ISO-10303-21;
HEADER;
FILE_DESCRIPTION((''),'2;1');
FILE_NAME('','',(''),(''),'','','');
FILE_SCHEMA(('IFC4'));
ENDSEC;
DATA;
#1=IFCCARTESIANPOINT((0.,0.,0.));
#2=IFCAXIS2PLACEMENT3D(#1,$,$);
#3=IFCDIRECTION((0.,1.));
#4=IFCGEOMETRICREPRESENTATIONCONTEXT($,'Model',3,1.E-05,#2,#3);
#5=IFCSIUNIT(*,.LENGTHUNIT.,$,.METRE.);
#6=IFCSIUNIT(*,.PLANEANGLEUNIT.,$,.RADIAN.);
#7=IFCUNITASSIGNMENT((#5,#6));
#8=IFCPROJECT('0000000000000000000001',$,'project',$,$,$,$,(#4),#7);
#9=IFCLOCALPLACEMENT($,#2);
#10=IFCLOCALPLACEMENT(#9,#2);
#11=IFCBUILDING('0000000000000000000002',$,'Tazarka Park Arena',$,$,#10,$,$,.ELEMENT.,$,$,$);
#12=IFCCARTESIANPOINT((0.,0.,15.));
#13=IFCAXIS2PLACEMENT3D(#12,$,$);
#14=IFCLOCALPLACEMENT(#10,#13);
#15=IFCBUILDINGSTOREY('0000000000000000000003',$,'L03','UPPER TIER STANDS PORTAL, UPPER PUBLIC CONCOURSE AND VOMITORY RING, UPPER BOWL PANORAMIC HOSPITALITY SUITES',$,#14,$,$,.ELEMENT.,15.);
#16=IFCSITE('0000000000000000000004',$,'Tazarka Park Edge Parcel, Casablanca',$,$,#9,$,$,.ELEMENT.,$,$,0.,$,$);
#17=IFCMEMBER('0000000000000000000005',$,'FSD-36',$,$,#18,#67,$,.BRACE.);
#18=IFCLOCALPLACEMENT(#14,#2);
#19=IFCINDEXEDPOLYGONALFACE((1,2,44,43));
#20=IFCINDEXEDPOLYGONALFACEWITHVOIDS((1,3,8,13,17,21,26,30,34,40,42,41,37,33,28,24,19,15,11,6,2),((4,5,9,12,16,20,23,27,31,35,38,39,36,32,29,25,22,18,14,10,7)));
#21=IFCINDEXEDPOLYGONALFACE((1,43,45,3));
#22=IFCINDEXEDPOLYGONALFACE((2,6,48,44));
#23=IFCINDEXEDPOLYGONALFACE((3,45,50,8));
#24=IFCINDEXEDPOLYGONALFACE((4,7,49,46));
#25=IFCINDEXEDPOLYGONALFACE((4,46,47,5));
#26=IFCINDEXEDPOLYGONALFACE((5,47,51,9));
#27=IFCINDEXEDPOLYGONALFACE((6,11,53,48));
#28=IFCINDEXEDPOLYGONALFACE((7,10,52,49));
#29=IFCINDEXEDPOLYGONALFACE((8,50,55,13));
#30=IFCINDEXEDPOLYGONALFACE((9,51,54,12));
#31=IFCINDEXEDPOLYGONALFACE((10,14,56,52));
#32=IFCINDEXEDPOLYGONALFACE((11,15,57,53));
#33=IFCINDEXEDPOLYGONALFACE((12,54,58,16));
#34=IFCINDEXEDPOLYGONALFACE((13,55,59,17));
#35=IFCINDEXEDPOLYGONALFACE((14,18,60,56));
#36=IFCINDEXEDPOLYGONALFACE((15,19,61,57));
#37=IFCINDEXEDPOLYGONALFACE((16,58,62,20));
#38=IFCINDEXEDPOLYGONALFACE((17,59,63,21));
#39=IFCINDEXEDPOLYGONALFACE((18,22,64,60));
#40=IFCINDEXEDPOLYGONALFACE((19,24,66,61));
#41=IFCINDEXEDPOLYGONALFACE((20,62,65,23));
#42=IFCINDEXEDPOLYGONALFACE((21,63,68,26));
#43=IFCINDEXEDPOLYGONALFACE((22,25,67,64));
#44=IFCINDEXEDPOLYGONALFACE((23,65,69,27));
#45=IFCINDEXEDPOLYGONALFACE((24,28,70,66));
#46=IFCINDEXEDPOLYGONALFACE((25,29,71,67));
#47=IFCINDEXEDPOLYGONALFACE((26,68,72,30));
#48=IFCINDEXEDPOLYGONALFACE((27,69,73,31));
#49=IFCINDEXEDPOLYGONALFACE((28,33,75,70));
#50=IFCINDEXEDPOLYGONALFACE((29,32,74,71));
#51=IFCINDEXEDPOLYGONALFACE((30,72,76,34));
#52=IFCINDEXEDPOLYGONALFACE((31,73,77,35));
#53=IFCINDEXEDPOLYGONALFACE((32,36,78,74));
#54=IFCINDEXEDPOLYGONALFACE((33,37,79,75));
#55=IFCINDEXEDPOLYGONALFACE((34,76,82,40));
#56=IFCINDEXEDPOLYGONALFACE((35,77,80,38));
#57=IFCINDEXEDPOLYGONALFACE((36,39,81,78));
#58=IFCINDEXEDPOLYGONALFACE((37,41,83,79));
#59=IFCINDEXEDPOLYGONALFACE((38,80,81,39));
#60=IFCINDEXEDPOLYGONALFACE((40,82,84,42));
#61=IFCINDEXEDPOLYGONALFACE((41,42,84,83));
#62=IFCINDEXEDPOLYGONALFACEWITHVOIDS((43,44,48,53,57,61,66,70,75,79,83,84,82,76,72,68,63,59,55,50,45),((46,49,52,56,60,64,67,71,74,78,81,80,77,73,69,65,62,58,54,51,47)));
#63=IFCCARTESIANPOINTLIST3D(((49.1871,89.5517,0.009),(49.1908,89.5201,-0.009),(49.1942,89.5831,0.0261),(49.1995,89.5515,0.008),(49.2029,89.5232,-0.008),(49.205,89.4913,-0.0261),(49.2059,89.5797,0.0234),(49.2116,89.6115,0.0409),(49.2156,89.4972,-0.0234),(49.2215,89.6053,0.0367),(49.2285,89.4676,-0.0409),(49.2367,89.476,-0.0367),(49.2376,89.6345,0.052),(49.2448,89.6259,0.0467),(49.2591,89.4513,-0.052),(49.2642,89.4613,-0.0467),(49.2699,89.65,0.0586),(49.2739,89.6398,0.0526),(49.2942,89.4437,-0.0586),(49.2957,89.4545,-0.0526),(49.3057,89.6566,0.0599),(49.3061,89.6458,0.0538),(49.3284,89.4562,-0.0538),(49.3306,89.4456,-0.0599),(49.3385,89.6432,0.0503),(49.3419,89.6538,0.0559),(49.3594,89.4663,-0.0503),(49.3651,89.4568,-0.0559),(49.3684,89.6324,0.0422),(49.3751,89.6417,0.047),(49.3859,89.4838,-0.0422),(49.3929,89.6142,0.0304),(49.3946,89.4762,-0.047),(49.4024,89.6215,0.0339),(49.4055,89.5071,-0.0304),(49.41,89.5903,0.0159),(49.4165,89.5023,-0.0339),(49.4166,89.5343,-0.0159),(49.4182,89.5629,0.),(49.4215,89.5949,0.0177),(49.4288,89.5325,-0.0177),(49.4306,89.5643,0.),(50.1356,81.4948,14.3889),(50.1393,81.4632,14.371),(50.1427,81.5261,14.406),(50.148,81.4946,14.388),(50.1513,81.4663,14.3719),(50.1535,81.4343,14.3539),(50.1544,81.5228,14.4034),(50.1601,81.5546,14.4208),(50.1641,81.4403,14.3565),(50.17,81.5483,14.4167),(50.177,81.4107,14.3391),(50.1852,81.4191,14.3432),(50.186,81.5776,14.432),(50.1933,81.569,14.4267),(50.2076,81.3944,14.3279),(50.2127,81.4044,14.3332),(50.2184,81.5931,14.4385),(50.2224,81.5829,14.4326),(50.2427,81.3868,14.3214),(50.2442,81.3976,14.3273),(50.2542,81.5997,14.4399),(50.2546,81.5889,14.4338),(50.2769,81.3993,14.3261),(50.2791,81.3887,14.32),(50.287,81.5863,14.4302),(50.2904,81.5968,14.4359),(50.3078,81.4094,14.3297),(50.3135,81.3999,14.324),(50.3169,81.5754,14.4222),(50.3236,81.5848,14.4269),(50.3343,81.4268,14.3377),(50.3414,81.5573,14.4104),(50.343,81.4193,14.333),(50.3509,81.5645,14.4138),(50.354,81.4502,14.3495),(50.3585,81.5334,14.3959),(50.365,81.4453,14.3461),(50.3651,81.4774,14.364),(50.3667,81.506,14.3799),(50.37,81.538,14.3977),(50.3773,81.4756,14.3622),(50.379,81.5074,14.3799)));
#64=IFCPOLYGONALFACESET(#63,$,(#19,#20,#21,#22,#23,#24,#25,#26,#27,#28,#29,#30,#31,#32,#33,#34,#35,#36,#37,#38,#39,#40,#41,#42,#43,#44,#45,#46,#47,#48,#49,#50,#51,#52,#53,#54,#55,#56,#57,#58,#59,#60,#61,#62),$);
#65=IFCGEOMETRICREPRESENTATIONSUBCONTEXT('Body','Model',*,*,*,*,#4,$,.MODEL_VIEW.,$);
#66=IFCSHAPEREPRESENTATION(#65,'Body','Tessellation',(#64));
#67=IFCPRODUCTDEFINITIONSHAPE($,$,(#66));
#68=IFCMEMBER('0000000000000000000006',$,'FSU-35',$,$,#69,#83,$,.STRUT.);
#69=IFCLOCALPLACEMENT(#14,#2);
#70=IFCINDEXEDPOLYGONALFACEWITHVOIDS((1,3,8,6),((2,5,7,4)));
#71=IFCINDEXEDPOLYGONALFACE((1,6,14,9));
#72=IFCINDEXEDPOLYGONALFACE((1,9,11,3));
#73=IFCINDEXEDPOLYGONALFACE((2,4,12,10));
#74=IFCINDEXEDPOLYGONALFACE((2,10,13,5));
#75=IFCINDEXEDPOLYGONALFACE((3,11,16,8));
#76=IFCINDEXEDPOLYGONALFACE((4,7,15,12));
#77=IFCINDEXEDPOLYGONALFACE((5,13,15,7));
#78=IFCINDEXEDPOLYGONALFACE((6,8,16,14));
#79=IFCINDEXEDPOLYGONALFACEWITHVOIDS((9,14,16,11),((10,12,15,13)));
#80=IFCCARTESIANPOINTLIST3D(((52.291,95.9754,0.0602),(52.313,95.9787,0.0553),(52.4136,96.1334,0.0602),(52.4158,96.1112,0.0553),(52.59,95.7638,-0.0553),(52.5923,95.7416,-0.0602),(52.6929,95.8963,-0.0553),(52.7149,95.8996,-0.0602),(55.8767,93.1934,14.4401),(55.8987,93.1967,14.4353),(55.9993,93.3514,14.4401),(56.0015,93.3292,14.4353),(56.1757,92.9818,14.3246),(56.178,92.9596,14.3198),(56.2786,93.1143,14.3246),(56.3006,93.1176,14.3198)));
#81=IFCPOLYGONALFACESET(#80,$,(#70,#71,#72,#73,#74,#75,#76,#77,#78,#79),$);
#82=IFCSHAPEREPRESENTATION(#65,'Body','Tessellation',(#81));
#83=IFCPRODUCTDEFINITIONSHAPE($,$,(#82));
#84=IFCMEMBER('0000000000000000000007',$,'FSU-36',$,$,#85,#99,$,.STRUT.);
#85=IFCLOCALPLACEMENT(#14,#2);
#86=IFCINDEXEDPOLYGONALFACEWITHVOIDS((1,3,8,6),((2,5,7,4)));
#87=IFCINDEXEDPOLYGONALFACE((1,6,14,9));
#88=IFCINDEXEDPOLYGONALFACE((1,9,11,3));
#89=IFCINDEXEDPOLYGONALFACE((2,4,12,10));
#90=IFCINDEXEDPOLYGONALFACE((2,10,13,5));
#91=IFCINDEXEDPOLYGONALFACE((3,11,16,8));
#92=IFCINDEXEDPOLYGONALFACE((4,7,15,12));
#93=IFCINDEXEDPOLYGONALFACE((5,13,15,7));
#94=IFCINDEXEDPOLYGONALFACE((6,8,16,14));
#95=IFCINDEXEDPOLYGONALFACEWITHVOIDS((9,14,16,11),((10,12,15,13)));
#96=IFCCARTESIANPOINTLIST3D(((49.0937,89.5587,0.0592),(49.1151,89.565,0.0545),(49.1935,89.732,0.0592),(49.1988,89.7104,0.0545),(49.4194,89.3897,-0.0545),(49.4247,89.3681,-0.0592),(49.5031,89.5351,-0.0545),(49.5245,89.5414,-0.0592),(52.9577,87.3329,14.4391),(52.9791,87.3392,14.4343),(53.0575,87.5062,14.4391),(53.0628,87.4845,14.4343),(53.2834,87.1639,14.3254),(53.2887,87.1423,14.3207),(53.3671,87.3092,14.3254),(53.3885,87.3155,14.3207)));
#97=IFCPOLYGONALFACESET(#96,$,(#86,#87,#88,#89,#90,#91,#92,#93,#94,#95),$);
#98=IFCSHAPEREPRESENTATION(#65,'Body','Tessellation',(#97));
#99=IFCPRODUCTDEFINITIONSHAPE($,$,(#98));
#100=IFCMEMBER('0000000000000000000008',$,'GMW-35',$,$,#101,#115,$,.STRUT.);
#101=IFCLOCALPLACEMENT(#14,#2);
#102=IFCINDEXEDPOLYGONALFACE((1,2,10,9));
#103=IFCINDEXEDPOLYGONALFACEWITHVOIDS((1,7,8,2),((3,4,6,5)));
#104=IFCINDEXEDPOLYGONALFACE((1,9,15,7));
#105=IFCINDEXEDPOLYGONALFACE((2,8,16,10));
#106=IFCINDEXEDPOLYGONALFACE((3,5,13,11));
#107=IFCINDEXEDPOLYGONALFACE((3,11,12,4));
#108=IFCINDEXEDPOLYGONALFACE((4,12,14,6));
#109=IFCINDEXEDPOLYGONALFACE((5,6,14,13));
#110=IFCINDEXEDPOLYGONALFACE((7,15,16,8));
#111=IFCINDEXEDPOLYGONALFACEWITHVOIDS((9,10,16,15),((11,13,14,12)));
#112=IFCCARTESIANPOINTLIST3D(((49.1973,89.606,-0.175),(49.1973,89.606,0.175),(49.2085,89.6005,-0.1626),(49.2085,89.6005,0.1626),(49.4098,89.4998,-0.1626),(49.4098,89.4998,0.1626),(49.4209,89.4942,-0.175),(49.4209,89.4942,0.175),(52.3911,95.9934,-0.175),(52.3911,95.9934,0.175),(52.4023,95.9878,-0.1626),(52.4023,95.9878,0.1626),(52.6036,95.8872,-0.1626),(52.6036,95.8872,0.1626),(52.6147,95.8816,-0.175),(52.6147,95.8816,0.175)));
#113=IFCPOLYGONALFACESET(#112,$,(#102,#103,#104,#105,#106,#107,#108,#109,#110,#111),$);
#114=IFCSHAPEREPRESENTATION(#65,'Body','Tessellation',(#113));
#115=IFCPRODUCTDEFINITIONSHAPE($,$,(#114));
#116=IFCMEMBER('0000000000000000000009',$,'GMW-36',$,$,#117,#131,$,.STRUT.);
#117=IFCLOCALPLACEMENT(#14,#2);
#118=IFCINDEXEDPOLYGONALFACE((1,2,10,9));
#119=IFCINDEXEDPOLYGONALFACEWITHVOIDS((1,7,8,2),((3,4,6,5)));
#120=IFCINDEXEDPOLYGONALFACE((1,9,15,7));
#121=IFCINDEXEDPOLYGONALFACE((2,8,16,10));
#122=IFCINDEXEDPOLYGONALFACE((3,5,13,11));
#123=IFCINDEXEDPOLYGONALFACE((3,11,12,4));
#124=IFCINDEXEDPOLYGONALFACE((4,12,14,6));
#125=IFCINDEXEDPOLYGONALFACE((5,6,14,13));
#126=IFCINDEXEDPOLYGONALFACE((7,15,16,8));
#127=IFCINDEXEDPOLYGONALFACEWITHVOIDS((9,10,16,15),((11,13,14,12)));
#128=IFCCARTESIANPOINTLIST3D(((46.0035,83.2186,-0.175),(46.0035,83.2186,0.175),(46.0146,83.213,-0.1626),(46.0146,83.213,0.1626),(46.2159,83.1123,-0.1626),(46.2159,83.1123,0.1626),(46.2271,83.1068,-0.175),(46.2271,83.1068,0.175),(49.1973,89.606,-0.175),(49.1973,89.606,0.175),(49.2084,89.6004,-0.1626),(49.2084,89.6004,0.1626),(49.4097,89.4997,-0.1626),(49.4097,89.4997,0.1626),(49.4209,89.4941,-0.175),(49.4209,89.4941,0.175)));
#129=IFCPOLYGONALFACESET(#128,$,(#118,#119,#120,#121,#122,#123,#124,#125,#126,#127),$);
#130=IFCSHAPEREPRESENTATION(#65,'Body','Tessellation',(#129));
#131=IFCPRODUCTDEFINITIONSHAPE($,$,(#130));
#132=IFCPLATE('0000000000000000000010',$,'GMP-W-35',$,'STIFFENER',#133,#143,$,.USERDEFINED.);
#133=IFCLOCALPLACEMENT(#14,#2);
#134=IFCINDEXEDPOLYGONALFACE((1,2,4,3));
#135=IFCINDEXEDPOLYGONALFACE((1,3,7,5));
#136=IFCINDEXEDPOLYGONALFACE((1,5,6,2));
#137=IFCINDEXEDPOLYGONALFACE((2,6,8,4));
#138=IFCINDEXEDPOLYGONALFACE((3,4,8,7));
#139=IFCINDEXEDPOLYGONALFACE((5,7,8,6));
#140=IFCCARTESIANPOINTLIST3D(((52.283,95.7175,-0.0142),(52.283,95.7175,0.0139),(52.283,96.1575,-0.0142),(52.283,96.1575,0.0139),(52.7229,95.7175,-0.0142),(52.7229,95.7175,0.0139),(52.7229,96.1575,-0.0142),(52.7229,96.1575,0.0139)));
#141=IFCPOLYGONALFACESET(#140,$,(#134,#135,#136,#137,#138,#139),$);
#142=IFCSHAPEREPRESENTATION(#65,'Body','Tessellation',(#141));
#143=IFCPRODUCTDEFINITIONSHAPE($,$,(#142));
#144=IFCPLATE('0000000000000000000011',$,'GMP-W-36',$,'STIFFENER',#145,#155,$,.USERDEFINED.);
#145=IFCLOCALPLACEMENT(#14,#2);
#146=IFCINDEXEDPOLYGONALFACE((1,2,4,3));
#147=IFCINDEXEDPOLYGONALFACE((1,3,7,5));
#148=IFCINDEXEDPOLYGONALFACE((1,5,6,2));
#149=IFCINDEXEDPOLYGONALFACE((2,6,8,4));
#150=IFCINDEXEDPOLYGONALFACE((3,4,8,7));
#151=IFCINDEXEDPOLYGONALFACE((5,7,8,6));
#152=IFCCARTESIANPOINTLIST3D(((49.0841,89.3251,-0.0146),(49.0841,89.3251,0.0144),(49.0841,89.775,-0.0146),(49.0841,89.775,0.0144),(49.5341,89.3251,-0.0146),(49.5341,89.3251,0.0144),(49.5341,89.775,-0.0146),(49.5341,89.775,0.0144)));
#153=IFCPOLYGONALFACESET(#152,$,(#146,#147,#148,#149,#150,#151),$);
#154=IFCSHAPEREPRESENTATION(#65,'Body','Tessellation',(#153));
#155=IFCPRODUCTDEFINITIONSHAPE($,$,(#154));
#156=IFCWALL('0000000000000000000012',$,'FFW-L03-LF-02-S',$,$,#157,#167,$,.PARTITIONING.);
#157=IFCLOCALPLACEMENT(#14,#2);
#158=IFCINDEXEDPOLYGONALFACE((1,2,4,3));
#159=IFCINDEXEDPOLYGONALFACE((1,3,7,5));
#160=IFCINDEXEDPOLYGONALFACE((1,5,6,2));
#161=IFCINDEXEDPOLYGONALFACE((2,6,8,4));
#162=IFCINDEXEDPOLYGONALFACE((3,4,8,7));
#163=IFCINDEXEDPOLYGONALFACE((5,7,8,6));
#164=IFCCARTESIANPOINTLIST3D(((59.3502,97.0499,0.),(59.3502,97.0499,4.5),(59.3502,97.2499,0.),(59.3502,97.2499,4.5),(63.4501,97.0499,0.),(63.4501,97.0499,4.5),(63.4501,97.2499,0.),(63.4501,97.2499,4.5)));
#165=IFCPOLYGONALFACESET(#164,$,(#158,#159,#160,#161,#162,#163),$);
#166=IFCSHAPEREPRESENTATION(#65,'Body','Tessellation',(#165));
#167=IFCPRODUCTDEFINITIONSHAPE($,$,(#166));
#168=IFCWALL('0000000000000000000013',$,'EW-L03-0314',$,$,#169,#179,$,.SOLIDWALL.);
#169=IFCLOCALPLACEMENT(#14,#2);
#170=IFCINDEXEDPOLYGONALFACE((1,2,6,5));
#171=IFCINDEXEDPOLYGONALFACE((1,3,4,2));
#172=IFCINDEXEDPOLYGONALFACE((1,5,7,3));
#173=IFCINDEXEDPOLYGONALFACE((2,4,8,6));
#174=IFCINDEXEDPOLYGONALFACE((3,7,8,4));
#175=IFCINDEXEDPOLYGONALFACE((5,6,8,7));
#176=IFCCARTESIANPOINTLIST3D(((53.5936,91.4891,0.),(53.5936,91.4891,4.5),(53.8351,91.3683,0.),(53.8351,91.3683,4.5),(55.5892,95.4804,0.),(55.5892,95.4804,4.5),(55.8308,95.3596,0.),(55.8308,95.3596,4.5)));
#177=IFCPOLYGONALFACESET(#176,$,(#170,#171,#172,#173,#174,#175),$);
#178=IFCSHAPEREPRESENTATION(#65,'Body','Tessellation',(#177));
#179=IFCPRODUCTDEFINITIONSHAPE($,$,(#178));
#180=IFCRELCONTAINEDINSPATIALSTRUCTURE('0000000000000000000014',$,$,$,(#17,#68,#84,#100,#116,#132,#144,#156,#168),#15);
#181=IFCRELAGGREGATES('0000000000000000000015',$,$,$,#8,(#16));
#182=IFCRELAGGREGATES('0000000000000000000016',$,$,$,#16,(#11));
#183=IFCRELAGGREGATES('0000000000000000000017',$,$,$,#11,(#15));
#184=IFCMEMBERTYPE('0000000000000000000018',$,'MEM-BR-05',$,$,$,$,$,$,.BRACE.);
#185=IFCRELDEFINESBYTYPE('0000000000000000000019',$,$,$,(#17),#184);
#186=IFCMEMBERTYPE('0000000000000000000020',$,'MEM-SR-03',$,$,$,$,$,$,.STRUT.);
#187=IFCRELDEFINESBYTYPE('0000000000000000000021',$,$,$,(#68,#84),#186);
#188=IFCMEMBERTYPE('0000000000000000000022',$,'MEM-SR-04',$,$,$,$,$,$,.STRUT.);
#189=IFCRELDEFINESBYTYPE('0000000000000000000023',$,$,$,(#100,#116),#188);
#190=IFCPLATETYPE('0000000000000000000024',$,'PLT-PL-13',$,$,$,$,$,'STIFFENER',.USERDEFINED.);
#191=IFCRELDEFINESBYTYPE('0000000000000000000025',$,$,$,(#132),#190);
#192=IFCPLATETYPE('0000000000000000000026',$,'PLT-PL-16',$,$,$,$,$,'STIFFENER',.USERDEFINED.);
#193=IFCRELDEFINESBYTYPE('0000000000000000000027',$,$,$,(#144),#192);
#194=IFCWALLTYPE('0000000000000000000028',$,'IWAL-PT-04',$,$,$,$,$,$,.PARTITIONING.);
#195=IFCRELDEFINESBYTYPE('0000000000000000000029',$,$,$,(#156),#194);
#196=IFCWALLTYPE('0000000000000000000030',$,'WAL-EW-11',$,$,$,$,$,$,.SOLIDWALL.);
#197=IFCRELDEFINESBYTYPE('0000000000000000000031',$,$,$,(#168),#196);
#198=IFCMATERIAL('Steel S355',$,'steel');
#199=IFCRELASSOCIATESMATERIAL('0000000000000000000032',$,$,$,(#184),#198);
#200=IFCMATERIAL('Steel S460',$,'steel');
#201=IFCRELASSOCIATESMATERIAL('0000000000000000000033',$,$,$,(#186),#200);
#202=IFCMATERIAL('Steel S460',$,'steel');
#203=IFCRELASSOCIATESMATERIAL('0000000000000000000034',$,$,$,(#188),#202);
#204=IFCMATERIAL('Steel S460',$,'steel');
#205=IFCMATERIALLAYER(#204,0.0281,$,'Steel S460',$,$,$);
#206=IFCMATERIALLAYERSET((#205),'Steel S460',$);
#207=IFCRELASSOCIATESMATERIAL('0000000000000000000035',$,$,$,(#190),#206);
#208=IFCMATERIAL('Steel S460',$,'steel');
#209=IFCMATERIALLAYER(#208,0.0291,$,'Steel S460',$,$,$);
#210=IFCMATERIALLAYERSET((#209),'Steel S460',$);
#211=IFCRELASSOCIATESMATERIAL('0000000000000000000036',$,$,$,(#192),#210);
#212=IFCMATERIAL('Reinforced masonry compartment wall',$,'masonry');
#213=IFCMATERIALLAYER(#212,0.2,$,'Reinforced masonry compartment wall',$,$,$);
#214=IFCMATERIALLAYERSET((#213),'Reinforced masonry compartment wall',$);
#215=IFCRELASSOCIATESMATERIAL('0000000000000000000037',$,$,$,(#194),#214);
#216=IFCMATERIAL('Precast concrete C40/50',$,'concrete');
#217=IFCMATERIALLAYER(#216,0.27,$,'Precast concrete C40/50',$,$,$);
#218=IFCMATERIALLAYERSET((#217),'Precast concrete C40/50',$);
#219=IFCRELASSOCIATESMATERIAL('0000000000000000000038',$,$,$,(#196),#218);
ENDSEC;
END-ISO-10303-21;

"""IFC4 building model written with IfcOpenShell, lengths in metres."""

from ifc_helpers import new_model, si_unit, direction, frame, frame_2d, origin, origin_2d, place, context, subcontext, project, spatial, rectangle, hollow_rectangle, hollow_circle, extrude, material, layer, layer_set, material_profile, profile_set, type_object, element, save


model = new_model("IFC4")

# Units and contexts
model_context = context("Model", 3, precision=1e-05, world=origin(), true_north=direction((0.0, 1.0)))
body_context = subcontext(model_context, "Body", "Model", "MODEL_VIEW")
ifc_project = project(units=[si_unit("LENGTHUNIT", "METRE"), si_unit("PLANEANGLEUNIT", "RADIAN")], contexts=[model_context])

# Site, building, storey
site_placement = place(None, origin())
site = spatial("IfcSite", under=ifc_project, at=site_placement, Name="Tazarka Park Edge Parcel, Casablanca", CompositionType="ELEMENT", RefElevation=0.0)
building_placement = place(site_placement, origin())
building = spatial("IfcBuilding", under=site, at=building_placement, Name="Tazarka Park Arena", CompositionType="ELEMENT")
storey_placement = place(building_placement, frame((0.0, 0.0, 15.0)))
storey = spatial("IfcBuildingStorey", under=building, at=storey_placement, Name="L03", Description="UPPER TIER STANDS PORTAL, UPPER PUBLIC CONCOURSE AND VOMITORY RING, UPPER BOWL PANORAMIC HOSPITALITY SUITES", CompositionType="ELEMENT", Elevation=15.0)

# Members
ifc_material_1 = material(Name="Steel S355", Category="steel")
ifc_material_profile_1 = material_profile(ifc_material_1, hollow_circle(Radius=0.1223, WallThickness=0.0125, at=origin_2d()), Name="Steel S355")
ifc_profile_set_1 = profile_set([ifc_material_profile_1], Name="Steel S355")
member_type_1 = type_object("IfcMemberType", Name="MEM-BR-05", PredefinedType="BRACE", material=ifc_profile_set_1)
member_1_placement = place(storey_placement, frame((49.3091, 89.55, 0.0), z_axis=(0.057448, -0.487988, 0.870958), x_axis=(0.993142, 0.116916, 0.0)))
element("IfcMember", 1, at=member_1_placement, inside=storey, type_object=member_type_1, Name="FSD-36", PredefinedType="BRACE", context=body_context, shape_type="SweptSolid", body=[
    extrude(hollow_circle(Radius=0.1223, WallThickness=0.0125, at=origin_2d()), origin(), (0.0, 0.0, 1.0), 16.5105),
])
ifc_material_2 = material(Name="Steel S460", Category="steel")
ifc_material_profile_2 = material_profile(ifc_material_2, hollow_rectangle(XDim=0.2, YDim=0.3999, WallThickness=0.0161, at=origin_2d()), Name="Steel S460")
ifc_profile_set_2 = profile_set([ifc_material_profile_2], Name="Steel S460")
member_type_2 = type_object("IfcMemberType", Name="MEM-SR-03", PredefinedType="STRUT", material=ifc_profile_set_2)
member_2_placement = place(storey_placement, frame((52.5029, 95.9375, 0.0), z_axis=(0.237793, -0.184493, 0.953633), x_axis=(0.612994, 0.790087, 0.0)))
element("IfcMember", 2, at=member_2_placement, inside=storey, type_object=member_type_2, Name="FSU-35", PredefinedType="STRUT", context=body_context, shape_type="SweptSolid", body=[
    extrude(hollow_rectangle(XDim=0.2, YDim=0.3999, WallThickness=0.0161, at=origin_2d()), origin(), (0.0, 0.0, 1.0), 15.0791),
])
member_3_placement = place(storey_placement, frame((49.3091, 89.55, 0.0), z_axis=(0.256653, -0.147842, 0.955129), x_axis=(0.499149, 0.866516, 0.0)))
element("IfcMember", 3, at=member_3_placement, inside=storey, type_object=member_type_2, Name="FSU-36", PredefinedType="STRUT", context=body_context, shape_type="SweptSolid", body=[
    extrude(hollow_rectangle(XDim=0.2, YDim=0.3999, WallThickness=0.0161, at=origin_2d()), origin(), (0.0, 0.0, 1.0), 15.0554),
])
ifc_material_3 = material(Name="Steel S460", Category="steel")
ifc_material_profile_3 = material_profile(ifc_material_3, hollow_rectangle(XDim=0.25, YDim=0.3501, WallThickness=0.0125, at=origin_2d()), Name="Steel S460")
ifc_profile_set_3 = profile_set([ifc_material_profile_3], Name="Steel S460")
member_type_3 = type_object("IfcMemberType", Name="MEM-SR-04", PredefinedType="STRUT", material=ifc_profile_set_3)
for number, where, z_axis, x_axis, name in (
    (4, (52.5029, 95.9375, 0.0), (-0.447227, -0.89442, 0.0), (0.89442, -0.447227, 0.0), "GMW-35"),
    (5, (49.3091, 89.55, 0.0), (-0.447227, -0.89442, 0.0), (0.89442, -0.447227, 0.0), "GMW-36"),
):
    element("IfcMember", number, at=place(storey_placement, frame(where, z_axis=z_axis, x_axis=x_axis)), inside=storey, type_object=member_type_3, Name=name, PredefinedType="STRUT", context=body_context, shape_type="SweptSolid", body=[
        extrude(hollow_rectangle(XDim=0.25, YDim=0.3501, WallThickness=0.0125, at=origin_2d()), origin(), (0.0, 0.0, 1.0), 7.1414),
    ])

# Plates
ifc_material_4 = material(Name="Steel S460", Category="steel")
ifc_layer_1 = layer(ifc_material_4, 0.0281, Name="Steel S460")
ifc_layer_set_1 = layer_set([ifc_layer_1], Name="Steel S460")
plate_type_1 = type_object("IfcPlateType", Name="PLT-PL-13", ElementType="STIFFENER", PredefinedType="USERDEFINED", material=ifc_layer_set_1)
plate_1_placement = place(storey_placement, frame((52.5029, 95.9375, -0.0142), z_axis=(0.0, 0.0, 1.0), x_axis=(1.0, 0.0, 0.0)))
element("IfcPlate", 6, at=plate_1_placement, inside=storey, type_object=plate_type_1, Name="GMP-W-35", ObjectType="STIFFENER", PredefinedType="USERDEFINED", context=body_context, shape_type="SweptSolid", body=[
    extrude(rectangle(XDim=0.4399, YDim=0.4399, at=origin_2d()), origin(), (0.0, 0.0, 1.0), 0.0281),
])
ifc_material_5 = material(Name="Steel S460", Category="steel")
ifc_layer_2 = layer(ifc_material_5, 0.0291, Name="Steel S460")
ifc_layer_set_2 = layer_set([ifc_layer_2], Name="Steel S460")
plate_type_2 = type_object("IfcPlateType", Name="PLT-PL-16", ElementType="STIFFENER", PredefinedType="USERDEFINED", material=ifc_layer_set_2)
plate_2_placement = place(storey_placement, frame((49.3091, 89.55, -0.0146), z_axis=(0.0, 0.0, 1.0), x_axis=(1.0, 0.0, 0.0)))
element("IfcPlate", 7, at=plate_2_placement, inside=storey, type_object=plate_type_2, Name="GMP-W-36", ObjectType="STIFFENER", PredefinedType="USERDEFINED", context=body_context, shape_type="SweptSolid", body=[
    extrude(rectangle(XDim=0.45, YDim=0.45, at=origin_2d()), origin(), (0.0, 0.0, 1.0), 0.0291),
])

# Walls
ifc_material_6 = material(Name="Reinforced masonry compartment wall", Category="masonry")
ifc_layer_3 = layer(ifc_material_6, 0.2, Name="Reinforced masonry compartment wall")
ifc_layer_set_3 = layer_set([ifc_layer_3], Name="Reinforced masonry compartment wall")
wall_type_1 = type_object("IfcWallType", Name="IWAL-PT-04", PredefinedType="PARTITIONING", material=ifc_layer_set_3)
wall_1_placement = place(storey_placement, frame((63.45, 97.1499, 0.0), z_axis=(0.0, 0.0, 1.0), x_axis=(-1.0, 0.0, 0.0)))
element("IfcWall", 8, at=wall_1_placement, inside=storey, type_object=wall_type_1, Name="FFW-L03-LF-02-S", PredefinedType="PARTITIONING", context=body_context, shape_type="SweptSolid", body=[
    extrude(rectangle(XDim=4.0999, YDim=0.2, at=frame_2d((2.0498, 0.0))), origin(), (0.0, 0.0, 1.0), 4.5),
])
ifc_material_7 = material(Name="Precast concrete C40/50", Category="concrete")
ifc_layer_4 = layer(ifc_material_7, 0.27, Name="Precast concrete C40/50")
ifc_layer_set_4 = layer_set([ifc_layer_4], Name="Precast concrete C40/50")
wall_type_2 = type_object("IfcWallType", Name="WAL-EW-11", PredefinedType="SOLIDWALL", material=ifc_layer_set_4)
wall_2_placement = place(storey_placement, frame((53.7144, 91.4287, 0.0), z_axis=(0.0, 0.0, 1.0), x_axis=(0.447214, 0.894427, 0.0)))
element("IfcWall", 9, at=wall_2_placement, inside=storey, type_object=wall_type_2, Name="EW-L03-0314", PredefinedType="SOLIDWALL", context=body_context, shape_type="SweptSolid", body=[
    extrude(rectangle(XDim=4.4624, YDim=0.27, at=frame_2d((2.2312, 0.0))), origin(), (0.0, 0.0, 1.0), 4.5),
])

save(model, "model.ifc")
